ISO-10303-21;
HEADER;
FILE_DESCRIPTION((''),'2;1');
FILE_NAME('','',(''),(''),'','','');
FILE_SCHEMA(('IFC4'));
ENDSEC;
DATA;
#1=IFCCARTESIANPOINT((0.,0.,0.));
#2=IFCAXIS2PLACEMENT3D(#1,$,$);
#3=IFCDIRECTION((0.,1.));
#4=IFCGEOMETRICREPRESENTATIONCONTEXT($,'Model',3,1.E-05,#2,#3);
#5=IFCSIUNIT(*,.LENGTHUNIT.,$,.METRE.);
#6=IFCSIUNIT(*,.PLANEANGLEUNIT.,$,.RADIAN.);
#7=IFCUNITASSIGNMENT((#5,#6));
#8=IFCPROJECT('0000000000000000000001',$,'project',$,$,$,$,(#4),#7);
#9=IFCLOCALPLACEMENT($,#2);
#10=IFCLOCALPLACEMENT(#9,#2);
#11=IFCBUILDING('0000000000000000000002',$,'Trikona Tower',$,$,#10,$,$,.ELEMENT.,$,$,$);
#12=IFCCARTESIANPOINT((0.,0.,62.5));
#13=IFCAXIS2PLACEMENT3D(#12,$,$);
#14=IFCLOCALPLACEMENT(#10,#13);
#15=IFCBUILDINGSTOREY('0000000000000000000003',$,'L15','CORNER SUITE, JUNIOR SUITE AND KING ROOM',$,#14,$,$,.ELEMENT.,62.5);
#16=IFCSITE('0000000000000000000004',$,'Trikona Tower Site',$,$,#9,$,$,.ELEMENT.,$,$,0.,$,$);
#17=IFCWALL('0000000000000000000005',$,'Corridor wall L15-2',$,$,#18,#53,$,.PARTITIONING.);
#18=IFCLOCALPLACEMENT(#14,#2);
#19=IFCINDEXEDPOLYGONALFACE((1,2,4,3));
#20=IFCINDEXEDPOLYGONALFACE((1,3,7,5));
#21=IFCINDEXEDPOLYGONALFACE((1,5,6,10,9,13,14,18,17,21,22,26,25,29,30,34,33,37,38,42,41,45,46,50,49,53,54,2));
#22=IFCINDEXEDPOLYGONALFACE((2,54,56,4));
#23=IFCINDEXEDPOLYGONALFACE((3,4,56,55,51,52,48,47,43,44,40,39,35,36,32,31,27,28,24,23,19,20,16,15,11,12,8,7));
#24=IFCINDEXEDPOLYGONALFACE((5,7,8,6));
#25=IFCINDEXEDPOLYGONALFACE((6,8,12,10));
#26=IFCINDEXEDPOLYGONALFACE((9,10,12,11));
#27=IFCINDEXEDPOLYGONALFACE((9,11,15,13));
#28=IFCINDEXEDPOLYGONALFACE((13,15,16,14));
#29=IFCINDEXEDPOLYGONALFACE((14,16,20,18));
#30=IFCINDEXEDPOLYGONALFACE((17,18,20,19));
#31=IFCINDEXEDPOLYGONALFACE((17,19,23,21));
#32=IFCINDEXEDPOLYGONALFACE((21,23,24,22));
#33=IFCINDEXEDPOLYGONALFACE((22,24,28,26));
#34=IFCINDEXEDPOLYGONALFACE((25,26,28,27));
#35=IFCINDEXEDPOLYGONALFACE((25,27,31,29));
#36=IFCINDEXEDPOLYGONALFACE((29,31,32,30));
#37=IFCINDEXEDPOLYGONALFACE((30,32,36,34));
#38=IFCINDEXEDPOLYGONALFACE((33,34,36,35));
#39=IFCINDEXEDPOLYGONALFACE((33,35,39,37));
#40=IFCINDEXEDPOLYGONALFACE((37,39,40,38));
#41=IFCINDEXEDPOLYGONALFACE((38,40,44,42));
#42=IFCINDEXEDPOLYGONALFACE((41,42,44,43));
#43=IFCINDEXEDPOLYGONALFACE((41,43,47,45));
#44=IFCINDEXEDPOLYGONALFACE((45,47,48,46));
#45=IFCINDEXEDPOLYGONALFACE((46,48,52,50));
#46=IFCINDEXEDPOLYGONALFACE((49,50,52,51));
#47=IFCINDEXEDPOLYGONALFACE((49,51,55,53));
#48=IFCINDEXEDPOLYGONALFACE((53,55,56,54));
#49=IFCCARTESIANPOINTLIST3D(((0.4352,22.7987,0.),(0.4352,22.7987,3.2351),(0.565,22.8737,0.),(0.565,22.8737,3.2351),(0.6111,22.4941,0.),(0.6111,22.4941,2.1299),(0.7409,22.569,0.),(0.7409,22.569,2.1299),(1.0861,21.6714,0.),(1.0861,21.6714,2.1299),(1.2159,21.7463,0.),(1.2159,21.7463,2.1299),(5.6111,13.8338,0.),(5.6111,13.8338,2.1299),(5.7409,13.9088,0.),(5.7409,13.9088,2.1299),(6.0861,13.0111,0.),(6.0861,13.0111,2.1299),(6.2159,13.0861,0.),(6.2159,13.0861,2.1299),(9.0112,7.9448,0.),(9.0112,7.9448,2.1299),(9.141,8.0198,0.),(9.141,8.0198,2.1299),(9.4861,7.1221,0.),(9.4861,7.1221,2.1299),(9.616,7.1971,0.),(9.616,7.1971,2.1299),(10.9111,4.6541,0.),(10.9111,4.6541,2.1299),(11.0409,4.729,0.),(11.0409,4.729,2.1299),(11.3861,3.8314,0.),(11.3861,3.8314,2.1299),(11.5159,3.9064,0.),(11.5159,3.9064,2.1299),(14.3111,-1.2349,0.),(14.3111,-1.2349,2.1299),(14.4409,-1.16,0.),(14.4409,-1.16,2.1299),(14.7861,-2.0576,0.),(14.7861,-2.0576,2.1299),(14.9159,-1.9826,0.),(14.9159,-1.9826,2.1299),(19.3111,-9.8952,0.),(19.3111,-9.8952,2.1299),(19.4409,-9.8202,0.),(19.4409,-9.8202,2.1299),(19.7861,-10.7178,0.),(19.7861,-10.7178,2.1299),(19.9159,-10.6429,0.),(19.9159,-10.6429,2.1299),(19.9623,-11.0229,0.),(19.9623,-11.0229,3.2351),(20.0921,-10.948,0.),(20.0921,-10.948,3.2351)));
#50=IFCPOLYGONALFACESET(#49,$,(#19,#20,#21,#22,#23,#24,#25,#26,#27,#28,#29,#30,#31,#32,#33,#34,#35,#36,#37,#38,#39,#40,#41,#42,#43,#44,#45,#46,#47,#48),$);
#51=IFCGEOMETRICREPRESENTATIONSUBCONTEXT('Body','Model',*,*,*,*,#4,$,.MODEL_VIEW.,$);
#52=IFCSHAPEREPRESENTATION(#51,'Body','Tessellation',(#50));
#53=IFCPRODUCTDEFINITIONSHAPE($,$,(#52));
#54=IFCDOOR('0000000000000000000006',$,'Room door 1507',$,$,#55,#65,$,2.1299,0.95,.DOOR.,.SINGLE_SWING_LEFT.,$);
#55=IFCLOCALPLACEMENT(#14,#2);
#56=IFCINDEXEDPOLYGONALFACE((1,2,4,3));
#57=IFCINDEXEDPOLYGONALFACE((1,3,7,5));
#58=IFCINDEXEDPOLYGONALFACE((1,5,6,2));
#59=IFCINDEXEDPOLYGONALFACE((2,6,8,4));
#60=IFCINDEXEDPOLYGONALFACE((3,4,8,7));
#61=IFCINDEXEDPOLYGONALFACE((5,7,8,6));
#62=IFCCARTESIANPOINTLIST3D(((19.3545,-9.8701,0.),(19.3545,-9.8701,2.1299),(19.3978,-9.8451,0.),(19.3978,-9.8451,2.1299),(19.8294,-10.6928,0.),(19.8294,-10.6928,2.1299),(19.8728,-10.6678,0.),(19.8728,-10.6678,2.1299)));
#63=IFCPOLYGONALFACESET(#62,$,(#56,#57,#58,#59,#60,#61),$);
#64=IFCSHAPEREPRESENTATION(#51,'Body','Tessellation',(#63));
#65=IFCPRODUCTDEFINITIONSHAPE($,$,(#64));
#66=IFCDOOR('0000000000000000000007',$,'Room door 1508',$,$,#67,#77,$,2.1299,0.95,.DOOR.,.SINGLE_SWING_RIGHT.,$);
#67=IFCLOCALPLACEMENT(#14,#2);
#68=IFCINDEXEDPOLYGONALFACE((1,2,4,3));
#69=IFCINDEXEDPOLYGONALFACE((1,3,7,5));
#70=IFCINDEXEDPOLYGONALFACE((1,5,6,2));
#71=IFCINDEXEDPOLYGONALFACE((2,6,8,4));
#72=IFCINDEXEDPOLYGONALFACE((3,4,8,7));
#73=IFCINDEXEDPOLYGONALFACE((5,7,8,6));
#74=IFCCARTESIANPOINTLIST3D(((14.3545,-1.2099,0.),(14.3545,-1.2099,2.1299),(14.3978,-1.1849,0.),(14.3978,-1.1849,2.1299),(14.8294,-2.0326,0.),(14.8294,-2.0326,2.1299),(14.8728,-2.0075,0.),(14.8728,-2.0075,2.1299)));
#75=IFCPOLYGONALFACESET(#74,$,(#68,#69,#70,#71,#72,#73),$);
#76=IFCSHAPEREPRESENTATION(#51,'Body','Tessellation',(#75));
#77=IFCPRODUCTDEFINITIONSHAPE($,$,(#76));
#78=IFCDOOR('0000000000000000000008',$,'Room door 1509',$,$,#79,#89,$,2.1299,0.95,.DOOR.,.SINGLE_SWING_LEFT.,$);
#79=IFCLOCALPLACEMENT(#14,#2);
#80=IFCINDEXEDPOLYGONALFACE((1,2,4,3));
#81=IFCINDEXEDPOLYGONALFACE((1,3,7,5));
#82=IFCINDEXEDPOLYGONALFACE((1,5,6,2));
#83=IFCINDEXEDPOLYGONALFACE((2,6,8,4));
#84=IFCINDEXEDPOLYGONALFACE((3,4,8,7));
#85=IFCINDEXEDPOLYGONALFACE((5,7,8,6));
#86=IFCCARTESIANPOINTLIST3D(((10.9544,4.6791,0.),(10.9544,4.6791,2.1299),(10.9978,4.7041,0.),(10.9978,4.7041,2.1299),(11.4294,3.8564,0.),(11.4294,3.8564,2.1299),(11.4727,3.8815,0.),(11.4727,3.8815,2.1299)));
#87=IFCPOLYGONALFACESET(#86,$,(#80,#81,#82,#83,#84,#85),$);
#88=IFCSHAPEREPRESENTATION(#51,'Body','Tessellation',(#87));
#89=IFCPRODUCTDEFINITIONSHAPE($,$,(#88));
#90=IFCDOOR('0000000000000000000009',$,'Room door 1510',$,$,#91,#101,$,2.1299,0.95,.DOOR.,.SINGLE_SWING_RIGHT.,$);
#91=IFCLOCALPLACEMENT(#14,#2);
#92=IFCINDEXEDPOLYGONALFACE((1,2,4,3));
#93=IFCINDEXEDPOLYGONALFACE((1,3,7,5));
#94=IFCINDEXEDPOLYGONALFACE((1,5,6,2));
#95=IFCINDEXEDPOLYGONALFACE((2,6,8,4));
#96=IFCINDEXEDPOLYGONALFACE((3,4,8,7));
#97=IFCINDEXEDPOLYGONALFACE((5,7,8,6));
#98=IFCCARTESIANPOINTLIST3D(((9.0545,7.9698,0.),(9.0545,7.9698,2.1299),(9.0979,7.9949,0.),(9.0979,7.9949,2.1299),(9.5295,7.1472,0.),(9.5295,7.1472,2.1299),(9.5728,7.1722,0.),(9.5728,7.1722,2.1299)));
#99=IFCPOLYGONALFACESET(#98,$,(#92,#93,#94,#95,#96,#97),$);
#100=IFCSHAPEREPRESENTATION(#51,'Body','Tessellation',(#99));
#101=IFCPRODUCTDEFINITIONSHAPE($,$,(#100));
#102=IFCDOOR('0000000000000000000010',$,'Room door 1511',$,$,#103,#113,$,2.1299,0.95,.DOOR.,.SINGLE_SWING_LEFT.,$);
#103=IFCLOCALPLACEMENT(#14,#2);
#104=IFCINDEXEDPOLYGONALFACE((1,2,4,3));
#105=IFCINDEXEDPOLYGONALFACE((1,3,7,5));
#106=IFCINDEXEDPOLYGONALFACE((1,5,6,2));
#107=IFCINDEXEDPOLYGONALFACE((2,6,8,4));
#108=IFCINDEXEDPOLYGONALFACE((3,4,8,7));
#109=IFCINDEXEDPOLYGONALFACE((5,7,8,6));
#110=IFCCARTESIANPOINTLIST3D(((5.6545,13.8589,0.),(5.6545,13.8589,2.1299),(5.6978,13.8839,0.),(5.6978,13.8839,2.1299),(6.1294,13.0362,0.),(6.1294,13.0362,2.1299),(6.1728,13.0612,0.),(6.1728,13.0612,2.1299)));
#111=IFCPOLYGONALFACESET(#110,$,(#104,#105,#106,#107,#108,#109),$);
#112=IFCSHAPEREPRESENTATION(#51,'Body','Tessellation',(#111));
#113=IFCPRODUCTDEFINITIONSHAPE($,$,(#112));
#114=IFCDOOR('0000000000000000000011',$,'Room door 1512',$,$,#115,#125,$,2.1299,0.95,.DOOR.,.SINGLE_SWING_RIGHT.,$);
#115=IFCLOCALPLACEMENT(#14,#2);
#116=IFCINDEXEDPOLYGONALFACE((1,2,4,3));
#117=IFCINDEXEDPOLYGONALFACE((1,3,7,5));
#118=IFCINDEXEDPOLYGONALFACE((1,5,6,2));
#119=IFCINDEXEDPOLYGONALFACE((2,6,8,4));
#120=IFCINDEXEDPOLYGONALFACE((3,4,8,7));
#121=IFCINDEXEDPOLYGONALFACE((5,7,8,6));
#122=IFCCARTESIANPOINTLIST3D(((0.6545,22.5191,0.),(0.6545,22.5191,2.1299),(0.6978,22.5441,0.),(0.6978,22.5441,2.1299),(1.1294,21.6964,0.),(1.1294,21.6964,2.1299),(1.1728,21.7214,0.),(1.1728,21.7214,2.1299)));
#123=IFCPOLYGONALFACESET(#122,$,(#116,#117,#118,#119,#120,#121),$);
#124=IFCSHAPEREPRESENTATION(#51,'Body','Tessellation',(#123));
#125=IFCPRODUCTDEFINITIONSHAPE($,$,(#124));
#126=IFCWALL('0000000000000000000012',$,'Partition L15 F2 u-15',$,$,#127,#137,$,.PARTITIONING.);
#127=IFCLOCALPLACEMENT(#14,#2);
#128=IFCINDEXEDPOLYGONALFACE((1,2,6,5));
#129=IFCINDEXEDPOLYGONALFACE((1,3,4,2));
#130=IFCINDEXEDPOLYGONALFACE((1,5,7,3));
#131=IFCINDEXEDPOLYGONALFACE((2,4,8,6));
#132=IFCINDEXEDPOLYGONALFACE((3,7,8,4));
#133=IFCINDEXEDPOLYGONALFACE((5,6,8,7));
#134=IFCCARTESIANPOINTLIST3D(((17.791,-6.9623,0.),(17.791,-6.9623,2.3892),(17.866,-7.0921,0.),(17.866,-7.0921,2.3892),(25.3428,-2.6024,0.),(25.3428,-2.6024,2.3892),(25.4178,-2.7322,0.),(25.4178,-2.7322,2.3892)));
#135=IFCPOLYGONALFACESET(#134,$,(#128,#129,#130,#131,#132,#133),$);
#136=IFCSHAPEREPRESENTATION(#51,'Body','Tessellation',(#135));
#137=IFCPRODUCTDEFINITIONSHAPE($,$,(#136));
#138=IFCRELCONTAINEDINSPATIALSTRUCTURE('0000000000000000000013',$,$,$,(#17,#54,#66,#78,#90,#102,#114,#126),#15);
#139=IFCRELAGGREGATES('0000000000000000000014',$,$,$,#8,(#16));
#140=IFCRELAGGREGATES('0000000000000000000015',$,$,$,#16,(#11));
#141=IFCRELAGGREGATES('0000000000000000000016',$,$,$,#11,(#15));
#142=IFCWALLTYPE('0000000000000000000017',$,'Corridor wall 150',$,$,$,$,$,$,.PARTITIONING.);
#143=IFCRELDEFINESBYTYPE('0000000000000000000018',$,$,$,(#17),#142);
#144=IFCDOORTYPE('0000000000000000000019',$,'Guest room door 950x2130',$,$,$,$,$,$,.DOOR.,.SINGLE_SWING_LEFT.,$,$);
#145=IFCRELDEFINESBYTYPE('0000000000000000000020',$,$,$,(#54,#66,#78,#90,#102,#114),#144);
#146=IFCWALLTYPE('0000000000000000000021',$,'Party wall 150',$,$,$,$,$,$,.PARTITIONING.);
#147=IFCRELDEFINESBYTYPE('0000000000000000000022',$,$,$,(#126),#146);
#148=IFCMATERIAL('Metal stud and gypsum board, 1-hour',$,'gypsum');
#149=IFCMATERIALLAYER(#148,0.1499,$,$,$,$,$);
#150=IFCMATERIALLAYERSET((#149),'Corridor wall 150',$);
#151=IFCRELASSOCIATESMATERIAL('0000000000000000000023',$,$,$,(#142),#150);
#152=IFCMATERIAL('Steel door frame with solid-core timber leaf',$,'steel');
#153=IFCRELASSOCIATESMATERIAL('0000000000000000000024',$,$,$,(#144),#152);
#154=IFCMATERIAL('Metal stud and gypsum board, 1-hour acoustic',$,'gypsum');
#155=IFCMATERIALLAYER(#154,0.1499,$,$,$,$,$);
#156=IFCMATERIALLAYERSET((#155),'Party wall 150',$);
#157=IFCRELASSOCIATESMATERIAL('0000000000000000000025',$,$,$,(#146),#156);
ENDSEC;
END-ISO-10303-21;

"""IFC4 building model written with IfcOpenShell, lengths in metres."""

from ifc_helpers import new_model, si_unit, direction, frame, frame_2d, origin, place, context, subcontext, project, spatial, rectangle, extrude, material, layer, layer_set, type_object, element, fill, save


model = new_model("IFC4")

# Units and contexts
model_context = context("Model", 3, precision=1e-05, world=origin(), true_north=direction((0.0, 1.0)))
body_context = subcontext(model_context, "Body", "Model", "MODEL_VIEW")
ifc_project = project(units=[si_unit("LENGTHUNIT", "METRE"), si_unit("PLANEANGLEUNIT", "RADIAN")], contexts=[model_context])

# Site, building, storey
site_placement = place(None, origin())
site = spatial("IfcSite", under=ifc_project, at=site_placement, Name="Trikona Tower Site", CompositionType="ELEMENT", RefElevation=0.0)
building_placement = place(site_placement, origin())
building = spatial("IfcBuilding", under=site, at=building_placement, Name="Trikona Tower", CompositionType="ELEMENT")
storey_placement = place(building_placement, frame((0.0, 0.0, 62.5)))
storey = spatial("IfcBuildingStorey", under=building, at=storey_placement, Name="L15", Description="CORNER SUITE, JUNIOR SUITE AND KING ROOM", CompositionType="ELEMENT", Elevation=62.5)

# Wall, openings, doors
ifc_material_1 = material(Name="Metal stud and gypsum board, 1-hour", Category="gypsum")
ifc_layer_1 = layer(ifc_material_1, 0.1499)
ifc_layer_set_1 = layer_set([ifc_layer_1], Name="Corridor wall 150")
wall_type_1 = type_object("IfcWallType", Name="Corridor wall 150", PredefinedType="PARTITIONING", material=ifc_layer_set_1)
wall_1_placement = place(storey_placement, frame((20.0271, -10.9854, 0.0), z_axis=(0.0, 0.0, 1.0), x_axis=(-0.500002, 0.866024, 0.0)))
wall_1 = element("IfcWall", 1, at=wall_1_placement, inside=storey, type_object=wall_type_1, Name="Corridor wall L15-2", PredefinedType="PARTITIONING", context=body_context, shape_type="SweptSolid", body=[
    extrude(rectangle(XDim=39.054, YDim=0.1499, at=frame_2d((19.5269, 0.0))), origin(), (0.0, 0.0, 1.0), 3.2351),
])
opening_1_placement = place(wall_1_placement, frame((0.3521, 0.0, 0.0)))
opening_1 = element("IfcOpeningElement", 2, at=opening_1_placement, cuts=wall_1, PredefinedType="OPENING", context=body_context, shape_type="SweptSolid", body=[
    extrude(rectangle(XDim=0.95, YDim=2.1299, at=frame_2d((0.4751, 1.0649))), frame((0.0, 0.085, 0.0), z_axis=(0.0, -1.0, 0.0), x_axis=(1.0, 0.0, 0.0)), (0.0, 0.0, 1.0), 0.1699),
])
opening_2_placement = place(wall_1_placement, frame((10.3521, 0.0, 0.0)))
opening_2 = element("IfcOpeningElement", 3, at=opening_2_placement, cuts=wall_1, PredefinedType="OPENING", context=body_context, shape_type="SweptSolid", body=[
    extrude(rectangle(XDim=0.95, YDim=2.1299, at=frame_2d((0.4751, 1.0649))), frame((0.0, 0.085, 0.0), z_axis=(0.0, -1.0, 0.0), x_axis=(1.0, 0.0, 0.0)), (0.0, 0.0, 1.0), 0.1699),
])
opening_3_placement = place(wall_1_placement, frame((17.1521, 0.0, 0.0)))
opening_3 = element("IfcOpeningElement", 4, at=opening_3_placement, cuts=wall_1, PredefinedType="OPENING", context=body_context, shape_type="SweptSolid", body=[
    extrude(rectangle(XDim=0.95, YDim=2.1299, at=frame_2d((0.4751, 1.0649))), frame((0.0, 0.085, 0.0), z_axis=(0.0, -1.0, 0.0), x_axis=(1.0, 0.0, 0.0)), (0.0, 0.0, 1.0), 0.1699),
])
opening_4_placement = place(wall_1_placement, frame((20.9519, 0.0, 0.0)))
opening_4 = element("IfcOpeningElement", 5, at=opening_4_placement, cuts=wall_1, PredefinedType="OPENING", context=body_context, shape_type="SweptSolid", body=[
    extrude(rectangle(XDim=0.95, YDim=2.1299, at=frame_2d((0.4751, 1.0649))), frame((0.0, 0.085, 0.0), z_axis=(0.0, -1.0, 0.0), x_axis=(1.0, 0.0, 0.0)), (0.0, 0.0, 1.0), 0.1699),
])
opening_5_placement = place(wall_1_placement, frame((27.752, 0.0, 0.0)))
opening_5 = element("IfcOpeningElement", 6, at=opening_5_placement, cuts=wall_1, PredefinedType="OPENING", context=body_context, shape_type="SweptSolid", body=[
    extrude(rectangle(XDim=0.95, YDim=2.1299, at=frame_2d((0.4751, 1.0649))), frame((0.0, 0.085, 0.0), z_axis=(0.0, -1.0, 0.0), x_axis=(1.0, 0.0, 0.0)), (0.0, 0.0, 1.0), 0.1699),
])
opening_6_placement = place(wall_1_placement, frame((37.752, 0.0, 0.0)))
opening_6 = element("IfcOpeningElement", 7, at=opening_6_placement, cuts=wall_1, PredefinedType="OPENING", context=body_context, shape_type="SweptSolid", body=[
    extrude(rectangle(XDim=0.95, YDim=2.1299, at=frame_2d((0.4751, 1.0649))), frame((0.0, 0.085, 0.0), z_axis=(0.0, -1.0, 0.0), x_axis=(1.0, 0.0, 0.0)), (0.0, 0.0, 1.0), 0.1699),
])
ifc_material_2 = material(Name="Steel door frame with solid-core timber leaf", Category="steel")
door_type_1 = type_object("IfcDoorType", Name="Guest room door 950x2130", OperationType="SINGLE_SWING_LEFT", PredefinedType="DOOR", material=ifc_material_2)
door_1_placement = place(opening_1_placement, origin())
door_1 = element("IfcDoor", 8, at=door_1_placement, inside=storey, type_object=door_type_1, Name="Room door 1507", OperationType="SINGLE_SWING_LEFT", OverallHeight=2.1299, OverallWidth=0.95, PredefinedType="DOOR", context=body_context, shape_type="SweptSolid", body=[
    extrude(rectangle(XDim=0.95, YDim=2.1299, at=frame_2d((0.4751, 1.0649))), frame((0.0, 0.0249, 0.0), z_axis=(0.0, -1.0, 0.0), x_axis=(1.0, 0.0, 0.0)), (0.0, 0.0, 1.0), 0.05),
])
fill(opening_1, door_1)
door_2_placement = place(opening_2_placement, origin())
door_2 = element("IfcDoor", 9, at=door_2_placement, inside=storey, type_object=door_type_1, Name="Room door 1508", OperationType="SINGLE_SWING_RIGHT", OverallHeight=2.1299, OverallWidth=0.95, PredefinedType="DOOR", context=body_context, shape_type="SweptSolid", body=[
    extrude(rectangle(XDim=0.95, YDim=2.1299, at=frame_2d((0.4751, 1.0649))), frame((0.0, 0.0249, 0.0), z_axis=(0.0, -1.0, 0.0), x_axis=(1.0, 0.0, 0.0)), (0.0, 0.0, 1.0), 0.05),
])
fill(opening_2, door_2)
door_3_placement = place(opening_3_placement, origin())
door_3 = element("IfcDoor", 10, at=door_3_placement, inside=storey, type_object=door_type_1, Name="Room door 1509", OperationType="SINGLE_SWING_LEFT", OverallHeight=2.1299, OverallWidth=0.95, PredefinedType="DOOR", context=body_context, shape_type="SweptSolid", body=[
    extrude(rectangle(XDim=0.95, YDim=2.1299, at=frame_2d((0.4751, 1.0649))), frame((0.0, 0.0249, 0.0), z_axis=(0.0, -1.0, 0.0), x_axis=(1.0, 0.0, 0.0)), (0.0, 0.0, 1.0), 0.05),
])
fill(opening_3, door_3)
door_4_placement = place(opening_4_placement, origin())
door_4 = element("IfcDoor", 11, at=door_4_placement, inside=storey, type_object=door_type_1, Name="Room door 1510", OperationType="SINGLE_SWING_RIGHT", OverallHeight=2.1299, OverallWidth=0.95, PredefinedType="DOOR", context=body_context, shape_type="SweptSolid", body=[
    extrude(rectangle(XDim=0.95, YDim=2.1299, at=frame_2d((0.4751, 1.0649))), frame((0.0, 0.0249, 0.0), z_axis=(0.0, -1.0, 0.0), x_axis=(1.0, 0.0, 0.0)), (0.0, 0.0, 1.0), 0.05),
])
fill(opening_4, door_4)
door_5_placement = place(opening_5_placement, origin())
door_5 = element("IfcDoor", 12, at=door_5_placement, inside=storey, type_object=door_type_1, Name="Room door 1511", OperationType="SINGLE_SWING_LEFT", OverallHeight=2.1299, OverallWidth=0.95, PredefinedType="DOOR", context=body_context, shape_type="SweptSolid", body=[
    extrude(rectangle(XDim=0.95, YDim=2.1299, at=frame_2d((0.4751, 1.0649))), frame((0.0, 0.0249, 0.0), z_axis=(0.0, -1.0, 0.0), x_axis=(1.0, 0.0, 0.0)), (0.0, 0.0, 1.0), 0.05),
])
fill(opening_5, door_5)
door_6_placement = place(opening_6_placement, origin())
door_6 = element("IfcDoor", 13, at=door_6_placement, inside=storey, type_object=door_type_1, Name="Room door 1512", OperationType="SINGLE_SWING_RIGHT", OverallHeight=2.1299, OverallWidth=0.95, PredefinedType="DOOR", context=body_context, shape_type="SweptSolid", body=[
    extrude(rectangle(XDim=0.95, YDim=2.1299, at=frame_2d((0.4751, 1.0649))), frame((0.0, 0.0249, 0.0), z_axis=(0.0, -1.0, 0.0), x_axis=(1.0, 0.0, 0.0)), (0.0, 0.0, 1.0), 0.05),
])
fill(opening_6, door_6)

# Wall
ifc_material_3 = material(Name="Metal stud and gypsum board, 1-hour acoustic", Category="gypsum")
ifc_layer_2 = layer(ifc_material_3, 0.1499)
ifc_layer_set_2 = layer_set([ifc_layer_2], Name="Party wall 150")
wall_type_2 = type_object("IfcWallType", Name="Party wall 150", PredefinedType="PARTITIONING", material=ifc_layer_set_2)
wall_2_placement = place(storey_placement, frame((17.8286, -7.0271, 0.0), z_axis=(0.0, 0.0, 1.0), x_axis=(0.866033, 0.499987, 0.0)))
element("IfcWall", 14, at=wall_2_placement, inside=storey, type_object=wall_type_2, Name="Partition L15 F2 u-15", PredefinedType="PARTITIONING", context=body_context, shape_type="SweptSolid", body=[
    extrude(rectangle(XDim=8.72, YDim=0.1499, at=frame_2d((4.3599, 0.0))), origin(), (0.0, 0.0, 1.0), 2.3892),
])

save(model, "model.ifc")
